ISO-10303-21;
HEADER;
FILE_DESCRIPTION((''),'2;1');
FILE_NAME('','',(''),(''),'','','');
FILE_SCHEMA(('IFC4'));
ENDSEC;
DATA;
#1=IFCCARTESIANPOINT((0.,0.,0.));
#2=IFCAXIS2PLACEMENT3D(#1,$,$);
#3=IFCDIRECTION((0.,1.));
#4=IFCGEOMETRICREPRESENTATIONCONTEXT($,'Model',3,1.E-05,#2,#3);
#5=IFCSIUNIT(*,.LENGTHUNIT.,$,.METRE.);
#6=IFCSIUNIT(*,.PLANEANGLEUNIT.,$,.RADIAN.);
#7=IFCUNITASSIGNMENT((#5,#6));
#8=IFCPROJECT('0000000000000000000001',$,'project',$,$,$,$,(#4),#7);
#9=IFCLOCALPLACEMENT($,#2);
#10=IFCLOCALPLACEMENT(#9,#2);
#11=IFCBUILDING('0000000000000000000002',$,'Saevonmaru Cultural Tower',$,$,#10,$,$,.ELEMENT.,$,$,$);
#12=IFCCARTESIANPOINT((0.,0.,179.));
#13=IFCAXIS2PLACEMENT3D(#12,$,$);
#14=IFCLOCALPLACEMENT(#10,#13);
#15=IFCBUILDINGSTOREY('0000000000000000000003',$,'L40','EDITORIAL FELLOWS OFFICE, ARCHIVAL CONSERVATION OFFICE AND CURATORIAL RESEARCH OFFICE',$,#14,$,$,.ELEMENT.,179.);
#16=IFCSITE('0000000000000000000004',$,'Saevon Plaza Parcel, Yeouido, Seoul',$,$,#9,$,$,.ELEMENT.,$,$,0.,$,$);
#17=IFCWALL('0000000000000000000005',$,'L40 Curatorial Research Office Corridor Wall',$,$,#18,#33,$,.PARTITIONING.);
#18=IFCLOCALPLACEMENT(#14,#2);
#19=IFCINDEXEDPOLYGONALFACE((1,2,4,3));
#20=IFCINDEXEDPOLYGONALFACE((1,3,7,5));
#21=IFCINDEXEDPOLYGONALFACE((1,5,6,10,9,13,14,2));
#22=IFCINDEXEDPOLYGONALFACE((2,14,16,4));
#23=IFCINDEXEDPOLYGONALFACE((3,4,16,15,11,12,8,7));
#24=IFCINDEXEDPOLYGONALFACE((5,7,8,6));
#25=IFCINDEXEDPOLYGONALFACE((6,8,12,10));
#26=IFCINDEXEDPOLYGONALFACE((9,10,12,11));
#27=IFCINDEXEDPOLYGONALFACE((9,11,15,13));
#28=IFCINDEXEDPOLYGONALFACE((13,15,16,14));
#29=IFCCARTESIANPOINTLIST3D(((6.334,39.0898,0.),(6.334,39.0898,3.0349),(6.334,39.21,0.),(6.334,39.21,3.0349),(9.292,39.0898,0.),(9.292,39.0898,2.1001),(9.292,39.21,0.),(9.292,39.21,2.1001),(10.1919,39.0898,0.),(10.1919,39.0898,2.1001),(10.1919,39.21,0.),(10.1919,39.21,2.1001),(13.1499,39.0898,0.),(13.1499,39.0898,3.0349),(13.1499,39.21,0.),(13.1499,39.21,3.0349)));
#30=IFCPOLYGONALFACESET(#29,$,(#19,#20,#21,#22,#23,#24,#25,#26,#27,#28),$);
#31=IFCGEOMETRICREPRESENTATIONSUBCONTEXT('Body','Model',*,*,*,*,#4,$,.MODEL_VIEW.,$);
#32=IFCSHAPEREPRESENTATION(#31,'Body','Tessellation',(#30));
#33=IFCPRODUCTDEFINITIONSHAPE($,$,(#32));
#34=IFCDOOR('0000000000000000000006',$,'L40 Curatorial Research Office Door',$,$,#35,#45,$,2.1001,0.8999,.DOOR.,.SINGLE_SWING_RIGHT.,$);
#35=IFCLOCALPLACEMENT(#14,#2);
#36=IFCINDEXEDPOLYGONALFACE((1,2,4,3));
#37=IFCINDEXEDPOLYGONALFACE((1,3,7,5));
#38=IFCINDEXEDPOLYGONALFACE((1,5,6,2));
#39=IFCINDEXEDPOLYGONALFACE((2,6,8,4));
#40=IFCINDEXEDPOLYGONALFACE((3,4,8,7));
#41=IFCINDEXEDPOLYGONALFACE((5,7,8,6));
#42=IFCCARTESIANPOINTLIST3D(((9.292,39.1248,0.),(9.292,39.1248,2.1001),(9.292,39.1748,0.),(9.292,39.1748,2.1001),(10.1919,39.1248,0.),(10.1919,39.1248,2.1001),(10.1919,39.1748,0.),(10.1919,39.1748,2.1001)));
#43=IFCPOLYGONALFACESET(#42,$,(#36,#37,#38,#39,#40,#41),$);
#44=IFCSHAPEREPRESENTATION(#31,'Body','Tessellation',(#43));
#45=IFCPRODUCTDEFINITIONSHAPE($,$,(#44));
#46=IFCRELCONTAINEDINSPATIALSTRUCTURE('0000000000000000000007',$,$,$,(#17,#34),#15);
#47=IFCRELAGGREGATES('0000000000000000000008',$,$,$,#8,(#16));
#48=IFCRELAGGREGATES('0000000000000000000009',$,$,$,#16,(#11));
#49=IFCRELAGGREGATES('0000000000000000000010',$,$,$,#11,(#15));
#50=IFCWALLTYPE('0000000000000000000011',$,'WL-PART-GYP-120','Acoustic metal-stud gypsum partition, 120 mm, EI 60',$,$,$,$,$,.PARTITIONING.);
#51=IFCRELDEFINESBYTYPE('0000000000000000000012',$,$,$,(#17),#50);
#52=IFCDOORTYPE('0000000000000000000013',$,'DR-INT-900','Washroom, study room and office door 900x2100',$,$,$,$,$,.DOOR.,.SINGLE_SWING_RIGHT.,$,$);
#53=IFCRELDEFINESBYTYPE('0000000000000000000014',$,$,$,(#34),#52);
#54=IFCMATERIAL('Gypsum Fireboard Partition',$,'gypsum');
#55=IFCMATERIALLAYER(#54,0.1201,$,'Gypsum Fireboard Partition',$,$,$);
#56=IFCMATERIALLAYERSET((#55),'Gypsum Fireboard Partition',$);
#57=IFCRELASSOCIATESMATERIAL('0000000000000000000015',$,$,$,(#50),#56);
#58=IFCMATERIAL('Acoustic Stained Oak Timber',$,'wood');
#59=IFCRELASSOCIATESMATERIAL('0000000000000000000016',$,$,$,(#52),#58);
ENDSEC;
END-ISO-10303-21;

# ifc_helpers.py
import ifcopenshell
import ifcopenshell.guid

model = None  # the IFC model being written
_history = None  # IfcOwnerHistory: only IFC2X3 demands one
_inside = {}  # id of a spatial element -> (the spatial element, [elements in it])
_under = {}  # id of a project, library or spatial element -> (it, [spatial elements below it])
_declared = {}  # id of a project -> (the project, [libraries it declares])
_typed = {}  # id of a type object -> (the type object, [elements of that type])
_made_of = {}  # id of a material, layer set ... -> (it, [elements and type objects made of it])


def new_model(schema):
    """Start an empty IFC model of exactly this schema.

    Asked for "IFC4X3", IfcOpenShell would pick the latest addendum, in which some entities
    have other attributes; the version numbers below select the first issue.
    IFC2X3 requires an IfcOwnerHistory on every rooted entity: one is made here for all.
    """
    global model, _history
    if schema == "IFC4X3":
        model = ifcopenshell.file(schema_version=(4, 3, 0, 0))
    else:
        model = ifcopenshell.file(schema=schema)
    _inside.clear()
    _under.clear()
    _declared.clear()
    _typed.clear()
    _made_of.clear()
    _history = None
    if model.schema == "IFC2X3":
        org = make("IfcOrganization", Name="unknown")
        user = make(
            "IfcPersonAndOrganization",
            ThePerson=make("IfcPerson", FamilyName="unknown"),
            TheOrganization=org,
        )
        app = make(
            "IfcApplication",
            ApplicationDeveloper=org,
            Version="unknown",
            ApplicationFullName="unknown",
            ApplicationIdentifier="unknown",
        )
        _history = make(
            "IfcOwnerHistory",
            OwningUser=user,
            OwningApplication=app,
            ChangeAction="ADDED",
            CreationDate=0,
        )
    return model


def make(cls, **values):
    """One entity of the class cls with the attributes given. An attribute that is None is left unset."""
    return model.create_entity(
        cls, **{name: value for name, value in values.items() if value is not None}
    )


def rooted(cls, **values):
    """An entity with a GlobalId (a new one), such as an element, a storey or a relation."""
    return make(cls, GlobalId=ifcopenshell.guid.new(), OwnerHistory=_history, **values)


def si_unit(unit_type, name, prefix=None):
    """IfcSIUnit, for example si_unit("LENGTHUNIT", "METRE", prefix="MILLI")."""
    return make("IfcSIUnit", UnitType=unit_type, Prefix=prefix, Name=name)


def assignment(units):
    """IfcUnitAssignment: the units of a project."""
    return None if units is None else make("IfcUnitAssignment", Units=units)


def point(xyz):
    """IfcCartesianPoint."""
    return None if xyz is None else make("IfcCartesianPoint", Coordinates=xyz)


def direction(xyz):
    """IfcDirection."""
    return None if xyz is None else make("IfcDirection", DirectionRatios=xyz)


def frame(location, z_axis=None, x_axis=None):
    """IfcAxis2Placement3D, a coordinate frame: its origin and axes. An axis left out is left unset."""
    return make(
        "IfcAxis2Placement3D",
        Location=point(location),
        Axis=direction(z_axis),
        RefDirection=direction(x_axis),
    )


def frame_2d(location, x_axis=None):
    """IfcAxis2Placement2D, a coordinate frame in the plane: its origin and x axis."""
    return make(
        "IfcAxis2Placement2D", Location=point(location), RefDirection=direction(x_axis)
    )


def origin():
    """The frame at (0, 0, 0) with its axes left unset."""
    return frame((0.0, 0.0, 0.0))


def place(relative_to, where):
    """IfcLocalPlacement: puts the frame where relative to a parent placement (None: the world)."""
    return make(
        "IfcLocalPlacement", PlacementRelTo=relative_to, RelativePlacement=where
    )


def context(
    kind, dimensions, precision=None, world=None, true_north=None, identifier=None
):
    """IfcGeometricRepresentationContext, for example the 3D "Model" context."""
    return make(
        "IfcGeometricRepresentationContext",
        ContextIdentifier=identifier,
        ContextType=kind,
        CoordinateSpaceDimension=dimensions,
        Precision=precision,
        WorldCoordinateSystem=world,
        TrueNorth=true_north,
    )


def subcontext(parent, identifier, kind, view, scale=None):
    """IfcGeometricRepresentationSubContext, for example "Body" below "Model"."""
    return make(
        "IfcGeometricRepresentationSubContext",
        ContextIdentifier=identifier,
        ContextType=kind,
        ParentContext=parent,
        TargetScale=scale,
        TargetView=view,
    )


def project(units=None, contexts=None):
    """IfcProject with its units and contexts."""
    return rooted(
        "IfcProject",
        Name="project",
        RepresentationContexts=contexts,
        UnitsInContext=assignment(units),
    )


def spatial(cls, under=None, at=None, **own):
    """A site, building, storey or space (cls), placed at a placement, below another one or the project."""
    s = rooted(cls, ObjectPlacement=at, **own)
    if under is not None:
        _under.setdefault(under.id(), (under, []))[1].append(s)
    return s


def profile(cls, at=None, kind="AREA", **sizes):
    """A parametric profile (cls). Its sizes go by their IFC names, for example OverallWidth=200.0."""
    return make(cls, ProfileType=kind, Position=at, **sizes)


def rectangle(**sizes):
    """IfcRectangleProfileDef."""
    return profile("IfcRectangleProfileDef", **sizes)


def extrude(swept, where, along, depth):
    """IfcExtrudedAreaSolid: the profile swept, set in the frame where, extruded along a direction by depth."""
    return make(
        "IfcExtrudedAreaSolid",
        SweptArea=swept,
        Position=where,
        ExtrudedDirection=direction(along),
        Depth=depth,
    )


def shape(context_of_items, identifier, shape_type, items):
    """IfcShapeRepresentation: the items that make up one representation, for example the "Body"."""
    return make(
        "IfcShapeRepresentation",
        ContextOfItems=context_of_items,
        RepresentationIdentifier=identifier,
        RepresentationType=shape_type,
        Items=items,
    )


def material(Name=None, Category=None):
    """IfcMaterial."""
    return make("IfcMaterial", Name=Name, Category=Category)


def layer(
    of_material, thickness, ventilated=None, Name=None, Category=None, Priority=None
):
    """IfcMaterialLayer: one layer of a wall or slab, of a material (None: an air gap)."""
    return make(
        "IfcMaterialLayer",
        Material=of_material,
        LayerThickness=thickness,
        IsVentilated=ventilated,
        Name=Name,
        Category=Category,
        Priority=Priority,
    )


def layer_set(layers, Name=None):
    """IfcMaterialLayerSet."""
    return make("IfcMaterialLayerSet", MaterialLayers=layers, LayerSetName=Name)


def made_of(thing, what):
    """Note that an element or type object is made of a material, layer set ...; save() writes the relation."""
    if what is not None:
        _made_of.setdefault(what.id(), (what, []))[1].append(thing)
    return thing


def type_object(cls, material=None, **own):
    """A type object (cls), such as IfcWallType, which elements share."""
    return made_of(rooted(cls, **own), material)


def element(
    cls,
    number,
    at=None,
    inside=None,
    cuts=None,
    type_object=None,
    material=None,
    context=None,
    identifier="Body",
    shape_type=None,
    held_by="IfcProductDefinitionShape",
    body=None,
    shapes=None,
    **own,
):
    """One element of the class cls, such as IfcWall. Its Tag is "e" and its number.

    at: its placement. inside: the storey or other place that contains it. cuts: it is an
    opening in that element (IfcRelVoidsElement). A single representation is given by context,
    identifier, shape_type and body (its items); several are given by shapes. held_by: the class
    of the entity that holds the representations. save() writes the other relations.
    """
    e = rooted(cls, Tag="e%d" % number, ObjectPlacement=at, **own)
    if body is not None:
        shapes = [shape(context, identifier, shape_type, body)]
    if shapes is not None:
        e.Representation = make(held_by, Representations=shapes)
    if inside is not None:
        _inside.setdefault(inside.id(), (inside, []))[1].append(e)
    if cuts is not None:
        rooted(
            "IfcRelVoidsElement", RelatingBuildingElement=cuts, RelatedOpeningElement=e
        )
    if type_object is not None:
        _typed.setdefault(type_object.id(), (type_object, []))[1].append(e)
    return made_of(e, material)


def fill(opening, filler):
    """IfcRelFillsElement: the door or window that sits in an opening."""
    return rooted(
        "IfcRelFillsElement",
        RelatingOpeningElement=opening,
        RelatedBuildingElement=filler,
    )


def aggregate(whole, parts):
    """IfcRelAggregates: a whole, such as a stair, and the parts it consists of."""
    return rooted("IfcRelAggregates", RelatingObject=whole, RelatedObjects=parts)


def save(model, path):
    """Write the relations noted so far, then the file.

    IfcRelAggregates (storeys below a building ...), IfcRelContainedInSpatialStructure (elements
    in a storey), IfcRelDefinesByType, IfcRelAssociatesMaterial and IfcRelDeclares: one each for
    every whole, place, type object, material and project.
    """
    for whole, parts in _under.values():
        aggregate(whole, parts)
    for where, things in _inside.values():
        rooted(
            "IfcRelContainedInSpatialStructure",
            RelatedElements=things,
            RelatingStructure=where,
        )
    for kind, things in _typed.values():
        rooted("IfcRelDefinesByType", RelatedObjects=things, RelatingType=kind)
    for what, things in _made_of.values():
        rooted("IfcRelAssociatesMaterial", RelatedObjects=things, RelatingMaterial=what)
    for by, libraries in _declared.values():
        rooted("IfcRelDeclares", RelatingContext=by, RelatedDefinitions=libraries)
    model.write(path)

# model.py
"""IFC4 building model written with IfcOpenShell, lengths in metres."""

from ifc_helpers import new_model, si_unit, direction, frame, frame_2d, origin, place, context, subcontext, project, spatial, rectangle, extrude, material, layer, layer_set, type_object, element, fill, save


model = new_model("IFC4")

# Units and contexts
model_context = context("Model", 3, precision=1e-05, world=origin(), true_north=direction((0.0, 1.0)))
body_context = subcontext(model_context, "Body", "Model", "MODEL_VIEW")
ifc_project = project(units=[si_unit("LENGTHUNIT", "METRE"), si_unit("PLANEANGLEUNIT", "RADIAN")], contexts=[model_context])

# Site, building, storey
site_placement = place(None, origin())
site = spatial("IfcSite", under=ifc_project, at=site_placement, Name="Saevon Plaza Parcel, Yeouido, Seoul", CompositionType="ELEMENT", RefElevation=0.0)
building_placement = place(site_placement, origin())
building = spatial("IfcBuilding", under=site, at=building_placement, Name="Saevonmaru Cultural Tower", CompositionType="ELEMENT")
storey_placement = place(building_placement, frame((0.0, 0.0, 179.0)))
storey = spatial("IfcBuildingStorey", under=building, at=storey_placement, Name="L40", Description="EDITORIAL FELLOWS OFFICE, ARCHIVAL CONSERVATION OFFICE AND CURATORIAL RESEARCH OFFICE", CompositionType="ELEMENT", Elevation=179.0)

# Shared definitions
ifc_material_1 = material(Name="Gypsum Fireboard Partition", Category="gypsum")
ifc_layer_1 = layer(ifc_material_1, 0.1201, Name="Gypsum Fireboard Partition")
ifc_layer_set_1 = layer_set([ifc_layer_1], Name="Gypsum Fireboard Partition")
wall_type = type_object("IfcWallType", Name="WL-PART-GYP-120", Description="Acoustic metal-stud gypsum partition, 120 mm, EI 60", PredefinedType="PARTITIONING", material=ifc_layer_set_1)

# Wall, opening, door
ifc_material_2 = material(Name="Acoustic Stained Oak Timber", Category="wood")
door_type = type_object("IfcDoorType", Name="DR-INT-900", Description="Washroom, study room and office door 900x2100", OperationType="SINGLE_SWING_RIGHT", PredefinedType="DOOR", material=ifc_material_2)
wall_1_placement = place(storey_placement, frame((6.334, 39.1499, 0.0), z_axis=(0.0, 0.0, 1.0), x_axis=(1.0, 0.0, 0.0)))
wall_1 = element("IfcWall", 1, at=wall_1_placement, inside=storey, type_object=wall_type, Name="L40 Curatorial Research Office Corridor Wall", PredefinedType="PARTITIONING", context=body_context, shape_type="SweptSolid", body=[
    extrude(rectangle(XDim=6.8159, YDim=0.1201, at=frame_2d((3.408, 0.0))), origin(), (0.0, 0.0, 1.0), 3.0349),
])
opening_1_placement = place(wall_1_placement, frame((2.958, 0.0, 0.0)))
opening_1 = element("IfcOpeningElement", 2, at=opening_1_placement, cuts=wall_1, PredefinedType="OPENING", context=body_context, shape_type="SweptSolid", body=[
    extrude(rectangle(XDim=0.8999, YDim=2.1001, at=frame_2d((0.45, 1.05))), frame((0.0, 0.0701, 0.0), z_axis=(0.0, -1.0, 0.0), x_axis=(1.0, 0.0, 0.0)), (0.0, 0.0, 1.0), 0.1401),
])
door_1_placement = place(opening_1_placement, origin())
door_1 = element("IfcDoor", 3, at=door_1_placement, inside=storey, type_object=door_type, Name="L40 Curatorial Research Office Door", OperationType="SINGLE_SWING_RIGHT", OverallHeight=2.1001, OverallWidth=0.8999, PredefinedType="DOOR", context=body_context, shape_type="SweptSolid", body=[
    extrude(rectangle(XDim=0.8999, YDim=2.1001, at=frame_2d((0.45, 1.05))), frame((0.0, 0.0249, 0.0), z_axis=(0.0, -1.0, 0.0), x_axis=(1.0, 0.0, 0.0)), (0.0, 0.0, 1.0), 0.05),
])
fill(opening_1, door_1)

save(model, "model.ifc")
